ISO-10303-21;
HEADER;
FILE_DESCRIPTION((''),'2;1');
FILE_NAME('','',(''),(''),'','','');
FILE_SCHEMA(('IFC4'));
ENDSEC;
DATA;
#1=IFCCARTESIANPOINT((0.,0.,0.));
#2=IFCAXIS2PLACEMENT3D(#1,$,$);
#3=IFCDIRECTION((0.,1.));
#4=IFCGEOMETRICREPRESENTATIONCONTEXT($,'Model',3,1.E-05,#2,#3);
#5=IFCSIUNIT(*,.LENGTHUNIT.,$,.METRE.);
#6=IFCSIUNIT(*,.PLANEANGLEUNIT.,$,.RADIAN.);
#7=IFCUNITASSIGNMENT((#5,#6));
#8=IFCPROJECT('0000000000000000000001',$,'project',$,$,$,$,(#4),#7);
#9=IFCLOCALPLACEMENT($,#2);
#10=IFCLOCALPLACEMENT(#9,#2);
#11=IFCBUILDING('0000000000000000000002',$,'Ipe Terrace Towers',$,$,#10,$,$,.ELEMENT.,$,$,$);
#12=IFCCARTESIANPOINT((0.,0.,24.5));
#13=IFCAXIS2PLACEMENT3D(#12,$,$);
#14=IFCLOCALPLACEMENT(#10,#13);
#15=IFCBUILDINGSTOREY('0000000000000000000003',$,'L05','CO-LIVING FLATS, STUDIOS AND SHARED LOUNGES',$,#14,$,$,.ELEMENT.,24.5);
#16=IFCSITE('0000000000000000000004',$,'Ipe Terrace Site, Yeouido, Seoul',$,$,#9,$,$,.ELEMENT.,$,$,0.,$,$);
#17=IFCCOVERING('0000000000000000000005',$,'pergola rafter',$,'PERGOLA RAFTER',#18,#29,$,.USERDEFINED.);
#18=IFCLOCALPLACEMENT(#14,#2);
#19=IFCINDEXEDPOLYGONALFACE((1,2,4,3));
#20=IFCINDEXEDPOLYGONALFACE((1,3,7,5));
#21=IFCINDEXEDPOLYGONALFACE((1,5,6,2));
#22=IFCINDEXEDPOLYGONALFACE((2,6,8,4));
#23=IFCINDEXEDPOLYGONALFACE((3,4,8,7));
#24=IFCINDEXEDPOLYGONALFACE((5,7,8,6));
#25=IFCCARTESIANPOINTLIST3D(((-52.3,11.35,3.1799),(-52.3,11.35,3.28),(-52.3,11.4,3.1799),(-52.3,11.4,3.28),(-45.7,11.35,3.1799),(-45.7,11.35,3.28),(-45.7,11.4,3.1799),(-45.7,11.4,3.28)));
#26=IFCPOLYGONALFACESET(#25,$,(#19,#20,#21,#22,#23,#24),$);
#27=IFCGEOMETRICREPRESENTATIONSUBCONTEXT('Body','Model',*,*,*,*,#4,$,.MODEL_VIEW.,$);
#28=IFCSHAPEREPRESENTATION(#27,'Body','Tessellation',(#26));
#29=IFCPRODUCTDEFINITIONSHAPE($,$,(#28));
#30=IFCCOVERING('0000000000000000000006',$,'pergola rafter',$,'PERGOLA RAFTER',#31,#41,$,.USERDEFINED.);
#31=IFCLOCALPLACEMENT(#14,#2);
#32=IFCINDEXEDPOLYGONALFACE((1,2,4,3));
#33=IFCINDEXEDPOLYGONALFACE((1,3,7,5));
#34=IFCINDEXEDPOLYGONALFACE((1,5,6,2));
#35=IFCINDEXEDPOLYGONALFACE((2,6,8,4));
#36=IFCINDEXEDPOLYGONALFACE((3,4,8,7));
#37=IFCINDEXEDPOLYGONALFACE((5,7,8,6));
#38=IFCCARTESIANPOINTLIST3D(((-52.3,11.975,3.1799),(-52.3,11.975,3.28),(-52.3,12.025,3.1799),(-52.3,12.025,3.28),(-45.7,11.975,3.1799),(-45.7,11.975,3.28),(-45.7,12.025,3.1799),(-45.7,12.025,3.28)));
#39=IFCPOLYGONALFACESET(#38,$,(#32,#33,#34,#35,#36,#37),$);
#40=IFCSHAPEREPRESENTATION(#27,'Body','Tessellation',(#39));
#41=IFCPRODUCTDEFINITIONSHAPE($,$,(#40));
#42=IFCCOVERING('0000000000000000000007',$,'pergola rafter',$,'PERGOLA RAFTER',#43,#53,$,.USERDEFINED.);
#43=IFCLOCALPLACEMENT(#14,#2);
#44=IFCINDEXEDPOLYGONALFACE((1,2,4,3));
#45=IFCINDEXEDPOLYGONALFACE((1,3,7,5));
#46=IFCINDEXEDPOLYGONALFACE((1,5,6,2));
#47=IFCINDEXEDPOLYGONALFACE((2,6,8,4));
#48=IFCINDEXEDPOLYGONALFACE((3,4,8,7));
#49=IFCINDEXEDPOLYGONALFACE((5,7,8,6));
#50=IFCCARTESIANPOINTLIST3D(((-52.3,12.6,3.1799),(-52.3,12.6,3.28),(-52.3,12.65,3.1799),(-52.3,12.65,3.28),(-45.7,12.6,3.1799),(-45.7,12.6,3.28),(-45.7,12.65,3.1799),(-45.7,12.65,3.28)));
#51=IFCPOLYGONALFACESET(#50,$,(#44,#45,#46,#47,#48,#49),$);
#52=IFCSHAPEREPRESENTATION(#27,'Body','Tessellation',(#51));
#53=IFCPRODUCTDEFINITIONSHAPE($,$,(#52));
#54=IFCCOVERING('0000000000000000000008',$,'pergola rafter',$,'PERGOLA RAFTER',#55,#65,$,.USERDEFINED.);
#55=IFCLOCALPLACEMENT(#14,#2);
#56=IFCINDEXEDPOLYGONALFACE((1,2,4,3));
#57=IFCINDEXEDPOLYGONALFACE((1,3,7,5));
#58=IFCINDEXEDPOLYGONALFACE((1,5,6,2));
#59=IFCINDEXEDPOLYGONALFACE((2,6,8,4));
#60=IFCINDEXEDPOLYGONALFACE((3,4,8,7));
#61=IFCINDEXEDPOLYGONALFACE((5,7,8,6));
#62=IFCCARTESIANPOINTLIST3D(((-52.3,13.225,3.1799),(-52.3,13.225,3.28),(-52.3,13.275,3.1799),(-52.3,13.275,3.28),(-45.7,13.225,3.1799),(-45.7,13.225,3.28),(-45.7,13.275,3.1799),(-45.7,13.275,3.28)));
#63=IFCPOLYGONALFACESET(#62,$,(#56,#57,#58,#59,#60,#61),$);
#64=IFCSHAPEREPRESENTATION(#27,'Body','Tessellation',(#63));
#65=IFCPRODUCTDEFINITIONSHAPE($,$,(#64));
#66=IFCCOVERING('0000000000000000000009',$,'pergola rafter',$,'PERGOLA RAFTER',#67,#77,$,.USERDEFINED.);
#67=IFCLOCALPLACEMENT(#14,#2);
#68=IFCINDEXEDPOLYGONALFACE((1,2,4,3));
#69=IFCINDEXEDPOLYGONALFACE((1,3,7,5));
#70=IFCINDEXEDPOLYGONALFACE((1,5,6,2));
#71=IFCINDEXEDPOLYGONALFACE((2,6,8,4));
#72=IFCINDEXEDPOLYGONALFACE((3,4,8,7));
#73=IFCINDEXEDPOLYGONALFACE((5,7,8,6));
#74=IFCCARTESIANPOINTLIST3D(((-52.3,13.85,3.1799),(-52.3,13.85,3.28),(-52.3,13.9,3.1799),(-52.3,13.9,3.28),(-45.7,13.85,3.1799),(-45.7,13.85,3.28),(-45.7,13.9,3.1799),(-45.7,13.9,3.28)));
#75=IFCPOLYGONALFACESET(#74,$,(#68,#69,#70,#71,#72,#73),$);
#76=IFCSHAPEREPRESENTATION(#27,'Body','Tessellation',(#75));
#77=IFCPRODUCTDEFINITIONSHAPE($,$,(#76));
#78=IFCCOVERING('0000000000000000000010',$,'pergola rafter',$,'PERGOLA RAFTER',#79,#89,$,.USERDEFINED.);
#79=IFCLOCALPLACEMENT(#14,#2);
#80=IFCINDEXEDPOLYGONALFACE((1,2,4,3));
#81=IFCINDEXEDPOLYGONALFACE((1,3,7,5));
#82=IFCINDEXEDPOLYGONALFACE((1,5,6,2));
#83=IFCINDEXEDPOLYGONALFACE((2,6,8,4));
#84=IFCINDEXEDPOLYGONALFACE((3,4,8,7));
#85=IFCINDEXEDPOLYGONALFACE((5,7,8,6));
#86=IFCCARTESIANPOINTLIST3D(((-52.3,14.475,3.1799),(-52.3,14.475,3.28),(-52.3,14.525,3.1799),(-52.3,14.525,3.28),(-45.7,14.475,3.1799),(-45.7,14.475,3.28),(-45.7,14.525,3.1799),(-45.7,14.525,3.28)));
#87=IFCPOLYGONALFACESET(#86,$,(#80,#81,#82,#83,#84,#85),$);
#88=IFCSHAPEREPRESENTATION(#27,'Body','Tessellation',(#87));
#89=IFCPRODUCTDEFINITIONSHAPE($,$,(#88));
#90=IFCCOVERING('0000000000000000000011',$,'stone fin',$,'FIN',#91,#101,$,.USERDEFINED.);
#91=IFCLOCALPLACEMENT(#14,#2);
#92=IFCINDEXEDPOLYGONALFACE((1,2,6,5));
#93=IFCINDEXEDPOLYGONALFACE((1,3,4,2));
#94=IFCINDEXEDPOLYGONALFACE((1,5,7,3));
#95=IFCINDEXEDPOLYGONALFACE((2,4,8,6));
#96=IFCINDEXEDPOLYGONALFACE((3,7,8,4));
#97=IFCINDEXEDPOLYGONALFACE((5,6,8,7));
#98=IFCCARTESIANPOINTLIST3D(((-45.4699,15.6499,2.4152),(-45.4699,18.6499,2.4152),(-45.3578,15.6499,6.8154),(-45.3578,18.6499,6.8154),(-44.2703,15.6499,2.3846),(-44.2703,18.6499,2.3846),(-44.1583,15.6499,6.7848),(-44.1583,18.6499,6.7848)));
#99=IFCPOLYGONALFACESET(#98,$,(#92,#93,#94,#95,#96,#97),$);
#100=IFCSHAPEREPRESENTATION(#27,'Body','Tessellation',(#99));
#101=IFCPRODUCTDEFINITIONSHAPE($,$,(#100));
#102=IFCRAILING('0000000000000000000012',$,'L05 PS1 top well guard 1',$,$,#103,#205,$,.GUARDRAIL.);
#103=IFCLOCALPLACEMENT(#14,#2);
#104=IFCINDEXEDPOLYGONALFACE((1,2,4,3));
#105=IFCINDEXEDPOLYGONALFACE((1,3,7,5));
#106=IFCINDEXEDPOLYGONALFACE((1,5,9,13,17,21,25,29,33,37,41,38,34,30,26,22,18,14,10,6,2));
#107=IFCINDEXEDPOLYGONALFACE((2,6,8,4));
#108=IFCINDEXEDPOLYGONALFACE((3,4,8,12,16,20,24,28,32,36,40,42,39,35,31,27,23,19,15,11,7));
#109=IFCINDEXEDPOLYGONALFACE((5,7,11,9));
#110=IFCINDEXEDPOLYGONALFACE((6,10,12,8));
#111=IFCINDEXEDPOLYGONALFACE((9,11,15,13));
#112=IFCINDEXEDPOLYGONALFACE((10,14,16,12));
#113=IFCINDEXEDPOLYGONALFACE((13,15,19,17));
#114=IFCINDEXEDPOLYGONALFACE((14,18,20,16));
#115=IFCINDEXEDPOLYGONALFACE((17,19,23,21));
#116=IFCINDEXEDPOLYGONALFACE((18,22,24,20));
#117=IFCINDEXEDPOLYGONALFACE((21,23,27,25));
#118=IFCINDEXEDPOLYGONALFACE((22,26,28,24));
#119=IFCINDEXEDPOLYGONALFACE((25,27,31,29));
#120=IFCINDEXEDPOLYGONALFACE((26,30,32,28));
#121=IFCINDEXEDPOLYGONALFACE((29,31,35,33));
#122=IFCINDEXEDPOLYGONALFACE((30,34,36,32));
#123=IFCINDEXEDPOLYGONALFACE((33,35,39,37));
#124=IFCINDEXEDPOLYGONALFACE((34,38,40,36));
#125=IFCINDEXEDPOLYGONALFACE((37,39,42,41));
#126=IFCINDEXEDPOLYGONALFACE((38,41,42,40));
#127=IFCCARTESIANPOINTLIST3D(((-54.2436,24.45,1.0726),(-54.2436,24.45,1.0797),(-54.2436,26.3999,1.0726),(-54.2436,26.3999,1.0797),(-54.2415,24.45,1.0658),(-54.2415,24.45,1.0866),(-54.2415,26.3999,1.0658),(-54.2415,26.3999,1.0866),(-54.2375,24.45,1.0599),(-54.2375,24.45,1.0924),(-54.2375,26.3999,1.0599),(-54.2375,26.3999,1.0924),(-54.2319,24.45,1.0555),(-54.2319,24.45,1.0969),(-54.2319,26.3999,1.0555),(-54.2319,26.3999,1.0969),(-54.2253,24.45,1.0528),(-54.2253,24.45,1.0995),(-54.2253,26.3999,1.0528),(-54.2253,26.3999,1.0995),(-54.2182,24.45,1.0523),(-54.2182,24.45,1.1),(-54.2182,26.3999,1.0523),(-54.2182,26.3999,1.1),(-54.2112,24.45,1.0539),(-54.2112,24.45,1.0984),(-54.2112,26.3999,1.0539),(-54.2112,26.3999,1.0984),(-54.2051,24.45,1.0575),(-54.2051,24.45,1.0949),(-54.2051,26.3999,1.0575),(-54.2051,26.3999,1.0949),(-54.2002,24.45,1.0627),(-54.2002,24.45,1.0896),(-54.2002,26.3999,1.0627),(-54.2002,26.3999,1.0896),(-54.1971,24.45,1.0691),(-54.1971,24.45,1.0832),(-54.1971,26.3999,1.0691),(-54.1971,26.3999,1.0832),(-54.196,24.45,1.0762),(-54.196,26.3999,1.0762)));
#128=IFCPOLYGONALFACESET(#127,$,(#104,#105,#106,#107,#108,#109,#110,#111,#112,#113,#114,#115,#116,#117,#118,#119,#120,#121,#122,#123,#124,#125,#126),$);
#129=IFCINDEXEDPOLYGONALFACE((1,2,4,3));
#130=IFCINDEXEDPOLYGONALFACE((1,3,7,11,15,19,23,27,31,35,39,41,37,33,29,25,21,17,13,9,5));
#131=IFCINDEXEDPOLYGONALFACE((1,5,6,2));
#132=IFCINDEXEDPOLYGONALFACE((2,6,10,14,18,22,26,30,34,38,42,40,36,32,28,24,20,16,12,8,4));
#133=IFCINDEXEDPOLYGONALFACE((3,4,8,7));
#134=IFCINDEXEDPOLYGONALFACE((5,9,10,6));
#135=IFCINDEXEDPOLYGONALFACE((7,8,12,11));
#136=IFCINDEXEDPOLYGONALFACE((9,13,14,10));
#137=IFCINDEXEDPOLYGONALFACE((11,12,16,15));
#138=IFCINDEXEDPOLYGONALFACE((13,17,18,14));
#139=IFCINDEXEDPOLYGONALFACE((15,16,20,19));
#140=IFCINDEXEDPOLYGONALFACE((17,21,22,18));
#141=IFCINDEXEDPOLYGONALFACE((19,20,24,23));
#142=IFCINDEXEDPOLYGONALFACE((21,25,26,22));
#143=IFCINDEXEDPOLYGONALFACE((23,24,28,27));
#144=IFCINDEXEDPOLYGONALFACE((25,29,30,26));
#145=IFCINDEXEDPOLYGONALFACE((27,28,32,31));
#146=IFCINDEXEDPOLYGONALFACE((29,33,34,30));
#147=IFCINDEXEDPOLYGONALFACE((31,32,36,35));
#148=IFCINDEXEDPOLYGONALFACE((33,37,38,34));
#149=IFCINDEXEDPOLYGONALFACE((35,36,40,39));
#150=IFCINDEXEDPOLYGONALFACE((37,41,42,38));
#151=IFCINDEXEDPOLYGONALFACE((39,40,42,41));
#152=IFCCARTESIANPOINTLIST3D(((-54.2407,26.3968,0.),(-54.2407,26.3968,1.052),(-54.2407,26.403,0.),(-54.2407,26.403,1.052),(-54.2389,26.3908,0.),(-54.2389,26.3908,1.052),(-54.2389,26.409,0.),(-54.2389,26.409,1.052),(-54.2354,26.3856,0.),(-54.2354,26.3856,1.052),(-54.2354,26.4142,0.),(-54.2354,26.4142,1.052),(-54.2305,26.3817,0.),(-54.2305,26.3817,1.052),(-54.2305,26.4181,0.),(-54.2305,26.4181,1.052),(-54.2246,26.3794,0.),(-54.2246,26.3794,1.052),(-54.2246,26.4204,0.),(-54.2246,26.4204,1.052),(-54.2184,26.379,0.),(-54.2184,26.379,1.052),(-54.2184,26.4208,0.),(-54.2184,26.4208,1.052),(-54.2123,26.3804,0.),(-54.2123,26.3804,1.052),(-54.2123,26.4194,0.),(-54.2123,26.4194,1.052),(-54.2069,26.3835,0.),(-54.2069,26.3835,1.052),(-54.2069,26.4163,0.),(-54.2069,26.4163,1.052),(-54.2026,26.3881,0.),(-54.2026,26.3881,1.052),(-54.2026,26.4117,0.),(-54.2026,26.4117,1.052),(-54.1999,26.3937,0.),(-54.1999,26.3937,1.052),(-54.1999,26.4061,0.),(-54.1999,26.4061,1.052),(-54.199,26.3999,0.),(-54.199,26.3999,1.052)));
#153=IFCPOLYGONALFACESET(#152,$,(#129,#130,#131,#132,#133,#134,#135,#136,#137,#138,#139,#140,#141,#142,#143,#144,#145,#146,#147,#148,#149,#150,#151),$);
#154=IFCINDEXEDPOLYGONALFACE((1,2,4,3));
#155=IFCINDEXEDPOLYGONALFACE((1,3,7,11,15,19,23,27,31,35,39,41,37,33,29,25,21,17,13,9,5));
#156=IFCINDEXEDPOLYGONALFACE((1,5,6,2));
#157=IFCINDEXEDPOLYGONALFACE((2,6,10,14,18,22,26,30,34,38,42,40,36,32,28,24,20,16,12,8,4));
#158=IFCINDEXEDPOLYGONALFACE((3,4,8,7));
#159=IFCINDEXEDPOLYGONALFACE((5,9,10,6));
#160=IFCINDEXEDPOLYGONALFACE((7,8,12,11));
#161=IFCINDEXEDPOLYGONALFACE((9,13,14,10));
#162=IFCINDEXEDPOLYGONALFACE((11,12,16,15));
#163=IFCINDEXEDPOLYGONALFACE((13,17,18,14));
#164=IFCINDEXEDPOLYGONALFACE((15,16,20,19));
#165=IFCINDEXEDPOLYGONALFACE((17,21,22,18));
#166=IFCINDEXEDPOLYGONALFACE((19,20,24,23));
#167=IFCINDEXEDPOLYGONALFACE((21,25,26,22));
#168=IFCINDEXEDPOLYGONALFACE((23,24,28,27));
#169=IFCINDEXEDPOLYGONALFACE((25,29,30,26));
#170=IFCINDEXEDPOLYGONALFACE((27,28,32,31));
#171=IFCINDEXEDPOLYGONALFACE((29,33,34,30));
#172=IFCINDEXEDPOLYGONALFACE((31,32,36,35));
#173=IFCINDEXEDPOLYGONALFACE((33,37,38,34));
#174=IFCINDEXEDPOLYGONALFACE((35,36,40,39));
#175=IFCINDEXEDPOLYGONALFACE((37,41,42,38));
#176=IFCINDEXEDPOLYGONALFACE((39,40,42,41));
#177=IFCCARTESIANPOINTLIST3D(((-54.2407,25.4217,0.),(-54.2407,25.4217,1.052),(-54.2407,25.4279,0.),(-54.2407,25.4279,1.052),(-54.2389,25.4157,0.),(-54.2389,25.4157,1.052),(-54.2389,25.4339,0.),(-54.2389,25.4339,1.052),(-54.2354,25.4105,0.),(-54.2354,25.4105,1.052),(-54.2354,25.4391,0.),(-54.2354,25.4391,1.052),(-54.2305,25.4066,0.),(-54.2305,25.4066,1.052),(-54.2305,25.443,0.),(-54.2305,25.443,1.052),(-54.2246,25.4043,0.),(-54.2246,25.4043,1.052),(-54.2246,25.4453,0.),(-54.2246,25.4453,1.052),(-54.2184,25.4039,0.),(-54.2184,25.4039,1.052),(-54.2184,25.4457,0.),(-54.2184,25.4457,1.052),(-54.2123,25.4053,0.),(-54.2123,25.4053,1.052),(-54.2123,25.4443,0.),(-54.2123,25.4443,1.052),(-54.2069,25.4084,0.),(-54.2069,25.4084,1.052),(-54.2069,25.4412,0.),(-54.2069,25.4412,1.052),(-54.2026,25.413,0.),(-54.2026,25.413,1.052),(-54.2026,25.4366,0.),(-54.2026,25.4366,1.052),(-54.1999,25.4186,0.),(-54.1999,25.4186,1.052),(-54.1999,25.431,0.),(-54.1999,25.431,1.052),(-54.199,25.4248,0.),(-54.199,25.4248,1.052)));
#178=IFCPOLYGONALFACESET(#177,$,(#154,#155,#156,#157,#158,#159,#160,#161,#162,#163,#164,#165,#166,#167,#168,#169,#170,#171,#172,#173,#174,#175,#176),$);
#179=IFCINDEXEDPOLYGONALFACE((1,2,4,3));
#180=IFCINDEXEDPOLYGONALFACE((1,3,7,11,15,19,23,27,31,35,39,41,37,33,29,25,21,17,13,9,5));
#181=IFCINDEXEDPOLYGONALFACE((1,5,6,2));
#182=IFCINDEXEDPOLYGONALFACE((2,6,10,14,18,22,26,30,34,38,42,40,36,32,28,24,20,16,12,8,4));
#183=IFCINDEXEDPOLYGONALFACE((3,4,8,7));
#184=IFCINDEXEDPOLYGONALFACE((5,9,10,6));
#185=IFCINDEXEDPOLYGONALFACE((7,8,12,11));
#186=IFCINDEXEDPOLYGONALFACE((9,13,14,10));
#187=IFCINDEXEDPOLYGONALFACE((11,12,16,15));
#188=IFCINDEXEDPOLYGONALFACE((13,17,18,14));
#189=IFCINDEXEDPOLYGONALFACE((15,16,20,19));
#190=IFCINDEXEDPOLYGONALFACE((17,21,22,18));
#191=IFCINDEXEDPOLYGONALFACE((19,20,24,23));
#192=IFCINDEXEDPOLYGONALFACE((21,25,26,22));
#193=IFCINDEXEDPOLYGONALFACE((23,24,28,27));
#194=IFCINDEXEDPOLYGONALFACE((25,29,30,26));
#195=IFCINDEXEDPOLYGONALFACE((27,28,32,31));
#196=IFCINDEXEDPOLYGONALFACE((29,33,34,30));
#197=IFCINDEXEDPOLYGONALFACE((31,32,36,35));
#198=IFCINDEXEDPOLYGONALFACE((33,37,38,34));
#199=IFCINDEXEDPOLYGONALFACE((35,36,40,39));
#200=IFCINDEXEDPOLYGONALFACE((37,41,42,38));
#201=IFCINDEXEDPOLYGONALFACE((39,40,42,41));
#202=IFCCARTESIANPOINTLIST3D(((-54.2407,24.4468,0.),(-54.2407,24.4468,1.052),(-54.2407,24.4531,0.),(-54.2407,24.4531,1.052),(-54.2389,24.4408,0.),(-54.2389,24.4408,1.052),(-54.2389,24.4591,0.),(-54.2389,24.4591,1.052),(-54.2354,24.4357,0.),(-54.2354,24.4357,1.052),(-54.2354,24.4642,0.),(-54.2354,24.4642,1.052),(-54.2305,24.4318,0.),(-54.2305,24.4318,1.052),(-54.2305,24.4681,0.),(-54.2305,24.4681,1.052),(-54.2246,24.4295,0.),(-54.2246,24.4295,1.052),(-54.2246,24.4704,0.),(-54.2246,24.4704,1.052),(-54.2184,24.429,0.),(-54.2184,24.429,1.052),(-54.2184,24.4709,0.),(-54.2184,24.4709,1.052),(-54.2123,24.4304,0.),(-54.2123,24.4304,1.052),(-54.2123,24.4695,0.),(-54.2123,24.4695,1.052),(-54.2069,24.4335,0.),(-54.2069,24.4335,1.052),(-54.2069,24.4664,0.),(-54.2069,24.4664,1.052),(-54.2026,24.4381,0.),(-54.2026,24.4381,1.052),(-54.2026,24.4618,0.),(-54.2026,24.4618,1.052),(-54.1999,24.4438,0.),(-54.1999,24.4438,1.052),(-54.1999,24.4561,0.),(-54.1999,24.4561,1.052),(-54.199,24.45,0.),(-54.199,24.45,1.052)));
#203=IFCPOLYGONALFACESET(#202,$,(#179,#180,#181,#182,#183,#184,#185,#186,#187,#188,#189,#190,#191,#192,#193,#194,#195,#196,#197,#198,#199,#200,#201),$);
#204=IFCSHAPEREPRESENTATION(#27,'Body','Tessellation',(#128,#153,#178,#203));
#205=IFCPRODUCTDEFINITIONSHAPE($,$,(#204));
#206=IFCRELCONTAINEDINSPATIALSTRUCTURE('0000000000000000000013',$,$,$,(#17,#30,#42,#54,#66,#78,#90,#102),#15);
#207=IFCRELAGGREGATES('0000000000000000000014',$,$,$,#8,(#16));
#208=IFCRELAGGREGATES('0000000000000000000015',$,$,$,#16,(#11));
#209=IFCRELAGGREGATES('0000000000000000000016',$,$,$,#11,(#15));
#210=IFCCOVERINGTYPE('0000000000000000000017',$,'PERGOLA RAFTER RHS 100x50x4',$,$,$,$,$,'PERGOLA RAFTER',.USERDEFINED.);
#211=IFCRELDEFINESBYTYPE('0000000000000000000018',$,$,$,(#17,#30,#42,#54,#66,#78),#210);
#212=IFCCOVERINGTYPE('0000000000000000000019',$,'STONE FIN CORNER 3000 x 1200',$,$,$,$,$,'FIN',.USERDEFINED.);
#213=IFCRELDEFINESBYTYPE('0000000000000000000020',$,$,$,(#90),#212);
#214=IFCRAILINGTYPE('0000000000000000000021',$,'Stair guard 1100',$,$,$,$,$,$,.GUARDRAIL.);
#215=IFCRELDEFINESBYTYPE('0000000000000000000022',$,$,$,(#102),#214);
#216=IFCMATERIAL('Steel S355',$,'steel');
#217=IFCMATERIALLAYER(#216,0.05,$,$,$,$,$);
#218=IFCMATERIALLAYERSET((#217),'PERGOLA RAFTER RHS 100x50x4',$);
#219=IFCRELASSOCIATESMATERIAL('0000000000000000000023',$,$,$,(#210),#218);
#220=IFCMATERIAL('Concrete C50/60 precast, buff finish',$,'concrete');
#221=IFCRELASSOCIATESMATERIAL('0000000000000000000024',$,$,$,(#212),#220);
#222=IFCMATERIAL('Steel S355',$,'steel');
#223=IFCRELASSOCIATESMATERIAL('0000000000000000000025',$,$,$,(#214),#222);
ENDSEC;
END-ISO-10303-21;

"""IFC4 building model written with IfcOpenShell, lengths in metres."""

from ifc_helpers import new_model, si_unit, direction, frame, origin, origin_2d, place, context, subcontext, project, spatial, rectangle, circle, extrude, material, layer, layer_set, material_profile, profile_set, type_object, element, save


model = new_model("IFC4")

# Units and contexts
model_context = context("Model", 3, precision=1e-05, world=origin(), true_north=direction((0.0, 1.0)))
body_context = subcontext(model_context, "Body", "Model", "MODEL_VIEW")
ifc_project = project(units=[si_unit("LENGTHUNIT", "METRE"), si_unit("PLANEANGLEUNIT", "RADIAN")], contexts=[model_context])

# Site, building, storey
site_placement = place(None, origin())
site = spatial("IfcSite", under=ifc_project, at=site_placement, Name="Ipe Terrace Site, Yeouido, Seoul", CompositionType="ELEMENT", RefElevation=0.0)
building_placement = place(site_placement, origin())
building = spatial("IfcBuilding", under=site, at=building_placement, Name="Ipe Terrace Towers", CompositionType="ELEMENT")
storey_placement = place(building_placement, frame((0.0, 0.0, 24.5)))
storey = spatial("IfcBuildingStorey", under=building, at=storey_placement, Name="L05", Description="CO-LIVING FLATS, STUDIOS AND SHARED LOUNGES", CompositionType="ELEMENT", Elevation=24.5)

# Coverings
ifc_material_1 = material(Name="Steel S355", Category="steel")
ifc_layer_1 = layer(ifc_material_1, 0.05)
ifc_layer_set_1 = layer_set([ifc_layer_1], Name="PERGOLA RAFTER RHS 100x50x4")
covering_type_1 = type_object("IfcCoveringType", Name="PERGOLA RAFTER RHS 100x50x4", ElementType="PERGOLA RAFTER", PredefinedType="USERDEFINED", material=ifc_layer_set_1)
for number, where, z_axis, x_axis, name in (
    (1, (-49.0, 11.375, 3.1799), (0.0, 0.0, 1.0), (1.0, 0.0, 0.0), "pergola rafter"),
    (2, (-49.0, 12.0, 3.1799), (0.0, 0.0, 1.0), (1.0, 0.0, 0.0), "pergola rafter"),
    (3, (-49.0, 12.625, 3.1799), (0.0, 0.0, 1.0), (1.0, 0.0, 0.0), "pergola rafter"),
    (4, (-49.0, 13.25, 3.1799), (0.0, 0.0, 1.0), (1.0, 0.0, 0.0), "pergola rafter"),
    (5, (-49.0, 13.875, 3.1799), (0.0, 0.0, 1.0), (1.0, 0.0, 0.0), "pergola rafter"),
    (6, (-49.0, 14.5, 3.1799), (0.0, 0.0, 1.0), (1.0, 0.0, 0.0), "pergola rafter"),
):
    element("IfcCovering", number, at=place(storey_placement, frame(where, z_axis=z_axis, x_axis=x_axis)), inside=storey, type_object=covering_type_1, Name=name, ObjectType="PERGOLA RAFTER", PredefinedType="USERDEFINED", context=body_context, shape_type="SweptSolid", body=[
        extrude(rectangle(XDim=6.6001, YDim=0.05, at=origin_2d()), origin(), (0.0, 0.0, 1.0), 0.1001),
    ])
ifc_material_2 = material(Name="Concrete C50/60 precast, buff finish", Category="concrete")
ifc_material_profile_1 = material_profile(ifc_material_2, rectangle(XDim=3.0, YDim=1.2, at=origin_2d()), Name="STONE FIN CORNER 3000 x 1200")
ifc_profile_set_1 = profile_set([ifc_material_profile_1], Name="Concrete C50/60 precast, buff finish")
covering_type_2 = type_object("IfcCoveringType", Name="STONE FIN CORNER 3000 x 1200", ElementType="FIN", PredefinedType="USERDEFINED", material=ifc_profile_set_1)
covering_placement = place(storey_placement, frame((-44.8701, 17.1499, 2.3999), z_axis=(0.025459, 0.0, 0.999676), x_axis=(0.0, -1.0, 0.0)))
element("IfcCovering", 7, at=covering_placement, inside=storey, type_object=covering_type_2, Name="stone fin", ObjectType="FIN", PredefinedType="USERDEFINED", context=body_context, shape_type="SweptSolid", body=[
    extrude(rectangle(XDim=3.0, YDim=1.2, at=origin_2d()), origin(), (0.0, 0.0, 1.0), 4.4016),
])

# Railing
ifc_material_3 = material(Name="Steel S355", Category="steel")
railing_type = type_object("IfcRailingType", Name="Stair guard 1100", PredefinedType="GUARDRAIL", material=ifc_material_3)
railing_placement = place(storey_placement, frame((-54.22, 26.3999, 0.0)))
element("IfcRailing", 8, at=railing_placement, inside=storey, type_object=railing_type, Name="L05 PS1 top well guard 1", PredefinedType="GUARDRAIL", context=body_context, shape_type="SweptSolid", body=[
    extrude(circle(Radius=0.0239, at=origin_2d()), frame((0.0, 0.0, 1.0762), z_axis=(0.0, -1.0, 0.0), x_axis=(1.0, 0.0, 0.0)), (0.0, 0.0, 1.0), 1.95),
    extrude(circle(Radius=0.021, at=origin_2d()), origin(), (0.0, 0.0, 1.0), 1.052),
    extrude(circle(Radius=0.021, at=origin_2d()), frame((0.0, -0.9751, 0.0)), (0.0, 0.0, 1.0), 1.052),
    extrude(circle(Radius=0.021, at=origin_2d()), frame((0.0, -1.95, 0.0)), (0.0, 0.0, 1.0), 1.052),
])

save(model, "model.ifc")
